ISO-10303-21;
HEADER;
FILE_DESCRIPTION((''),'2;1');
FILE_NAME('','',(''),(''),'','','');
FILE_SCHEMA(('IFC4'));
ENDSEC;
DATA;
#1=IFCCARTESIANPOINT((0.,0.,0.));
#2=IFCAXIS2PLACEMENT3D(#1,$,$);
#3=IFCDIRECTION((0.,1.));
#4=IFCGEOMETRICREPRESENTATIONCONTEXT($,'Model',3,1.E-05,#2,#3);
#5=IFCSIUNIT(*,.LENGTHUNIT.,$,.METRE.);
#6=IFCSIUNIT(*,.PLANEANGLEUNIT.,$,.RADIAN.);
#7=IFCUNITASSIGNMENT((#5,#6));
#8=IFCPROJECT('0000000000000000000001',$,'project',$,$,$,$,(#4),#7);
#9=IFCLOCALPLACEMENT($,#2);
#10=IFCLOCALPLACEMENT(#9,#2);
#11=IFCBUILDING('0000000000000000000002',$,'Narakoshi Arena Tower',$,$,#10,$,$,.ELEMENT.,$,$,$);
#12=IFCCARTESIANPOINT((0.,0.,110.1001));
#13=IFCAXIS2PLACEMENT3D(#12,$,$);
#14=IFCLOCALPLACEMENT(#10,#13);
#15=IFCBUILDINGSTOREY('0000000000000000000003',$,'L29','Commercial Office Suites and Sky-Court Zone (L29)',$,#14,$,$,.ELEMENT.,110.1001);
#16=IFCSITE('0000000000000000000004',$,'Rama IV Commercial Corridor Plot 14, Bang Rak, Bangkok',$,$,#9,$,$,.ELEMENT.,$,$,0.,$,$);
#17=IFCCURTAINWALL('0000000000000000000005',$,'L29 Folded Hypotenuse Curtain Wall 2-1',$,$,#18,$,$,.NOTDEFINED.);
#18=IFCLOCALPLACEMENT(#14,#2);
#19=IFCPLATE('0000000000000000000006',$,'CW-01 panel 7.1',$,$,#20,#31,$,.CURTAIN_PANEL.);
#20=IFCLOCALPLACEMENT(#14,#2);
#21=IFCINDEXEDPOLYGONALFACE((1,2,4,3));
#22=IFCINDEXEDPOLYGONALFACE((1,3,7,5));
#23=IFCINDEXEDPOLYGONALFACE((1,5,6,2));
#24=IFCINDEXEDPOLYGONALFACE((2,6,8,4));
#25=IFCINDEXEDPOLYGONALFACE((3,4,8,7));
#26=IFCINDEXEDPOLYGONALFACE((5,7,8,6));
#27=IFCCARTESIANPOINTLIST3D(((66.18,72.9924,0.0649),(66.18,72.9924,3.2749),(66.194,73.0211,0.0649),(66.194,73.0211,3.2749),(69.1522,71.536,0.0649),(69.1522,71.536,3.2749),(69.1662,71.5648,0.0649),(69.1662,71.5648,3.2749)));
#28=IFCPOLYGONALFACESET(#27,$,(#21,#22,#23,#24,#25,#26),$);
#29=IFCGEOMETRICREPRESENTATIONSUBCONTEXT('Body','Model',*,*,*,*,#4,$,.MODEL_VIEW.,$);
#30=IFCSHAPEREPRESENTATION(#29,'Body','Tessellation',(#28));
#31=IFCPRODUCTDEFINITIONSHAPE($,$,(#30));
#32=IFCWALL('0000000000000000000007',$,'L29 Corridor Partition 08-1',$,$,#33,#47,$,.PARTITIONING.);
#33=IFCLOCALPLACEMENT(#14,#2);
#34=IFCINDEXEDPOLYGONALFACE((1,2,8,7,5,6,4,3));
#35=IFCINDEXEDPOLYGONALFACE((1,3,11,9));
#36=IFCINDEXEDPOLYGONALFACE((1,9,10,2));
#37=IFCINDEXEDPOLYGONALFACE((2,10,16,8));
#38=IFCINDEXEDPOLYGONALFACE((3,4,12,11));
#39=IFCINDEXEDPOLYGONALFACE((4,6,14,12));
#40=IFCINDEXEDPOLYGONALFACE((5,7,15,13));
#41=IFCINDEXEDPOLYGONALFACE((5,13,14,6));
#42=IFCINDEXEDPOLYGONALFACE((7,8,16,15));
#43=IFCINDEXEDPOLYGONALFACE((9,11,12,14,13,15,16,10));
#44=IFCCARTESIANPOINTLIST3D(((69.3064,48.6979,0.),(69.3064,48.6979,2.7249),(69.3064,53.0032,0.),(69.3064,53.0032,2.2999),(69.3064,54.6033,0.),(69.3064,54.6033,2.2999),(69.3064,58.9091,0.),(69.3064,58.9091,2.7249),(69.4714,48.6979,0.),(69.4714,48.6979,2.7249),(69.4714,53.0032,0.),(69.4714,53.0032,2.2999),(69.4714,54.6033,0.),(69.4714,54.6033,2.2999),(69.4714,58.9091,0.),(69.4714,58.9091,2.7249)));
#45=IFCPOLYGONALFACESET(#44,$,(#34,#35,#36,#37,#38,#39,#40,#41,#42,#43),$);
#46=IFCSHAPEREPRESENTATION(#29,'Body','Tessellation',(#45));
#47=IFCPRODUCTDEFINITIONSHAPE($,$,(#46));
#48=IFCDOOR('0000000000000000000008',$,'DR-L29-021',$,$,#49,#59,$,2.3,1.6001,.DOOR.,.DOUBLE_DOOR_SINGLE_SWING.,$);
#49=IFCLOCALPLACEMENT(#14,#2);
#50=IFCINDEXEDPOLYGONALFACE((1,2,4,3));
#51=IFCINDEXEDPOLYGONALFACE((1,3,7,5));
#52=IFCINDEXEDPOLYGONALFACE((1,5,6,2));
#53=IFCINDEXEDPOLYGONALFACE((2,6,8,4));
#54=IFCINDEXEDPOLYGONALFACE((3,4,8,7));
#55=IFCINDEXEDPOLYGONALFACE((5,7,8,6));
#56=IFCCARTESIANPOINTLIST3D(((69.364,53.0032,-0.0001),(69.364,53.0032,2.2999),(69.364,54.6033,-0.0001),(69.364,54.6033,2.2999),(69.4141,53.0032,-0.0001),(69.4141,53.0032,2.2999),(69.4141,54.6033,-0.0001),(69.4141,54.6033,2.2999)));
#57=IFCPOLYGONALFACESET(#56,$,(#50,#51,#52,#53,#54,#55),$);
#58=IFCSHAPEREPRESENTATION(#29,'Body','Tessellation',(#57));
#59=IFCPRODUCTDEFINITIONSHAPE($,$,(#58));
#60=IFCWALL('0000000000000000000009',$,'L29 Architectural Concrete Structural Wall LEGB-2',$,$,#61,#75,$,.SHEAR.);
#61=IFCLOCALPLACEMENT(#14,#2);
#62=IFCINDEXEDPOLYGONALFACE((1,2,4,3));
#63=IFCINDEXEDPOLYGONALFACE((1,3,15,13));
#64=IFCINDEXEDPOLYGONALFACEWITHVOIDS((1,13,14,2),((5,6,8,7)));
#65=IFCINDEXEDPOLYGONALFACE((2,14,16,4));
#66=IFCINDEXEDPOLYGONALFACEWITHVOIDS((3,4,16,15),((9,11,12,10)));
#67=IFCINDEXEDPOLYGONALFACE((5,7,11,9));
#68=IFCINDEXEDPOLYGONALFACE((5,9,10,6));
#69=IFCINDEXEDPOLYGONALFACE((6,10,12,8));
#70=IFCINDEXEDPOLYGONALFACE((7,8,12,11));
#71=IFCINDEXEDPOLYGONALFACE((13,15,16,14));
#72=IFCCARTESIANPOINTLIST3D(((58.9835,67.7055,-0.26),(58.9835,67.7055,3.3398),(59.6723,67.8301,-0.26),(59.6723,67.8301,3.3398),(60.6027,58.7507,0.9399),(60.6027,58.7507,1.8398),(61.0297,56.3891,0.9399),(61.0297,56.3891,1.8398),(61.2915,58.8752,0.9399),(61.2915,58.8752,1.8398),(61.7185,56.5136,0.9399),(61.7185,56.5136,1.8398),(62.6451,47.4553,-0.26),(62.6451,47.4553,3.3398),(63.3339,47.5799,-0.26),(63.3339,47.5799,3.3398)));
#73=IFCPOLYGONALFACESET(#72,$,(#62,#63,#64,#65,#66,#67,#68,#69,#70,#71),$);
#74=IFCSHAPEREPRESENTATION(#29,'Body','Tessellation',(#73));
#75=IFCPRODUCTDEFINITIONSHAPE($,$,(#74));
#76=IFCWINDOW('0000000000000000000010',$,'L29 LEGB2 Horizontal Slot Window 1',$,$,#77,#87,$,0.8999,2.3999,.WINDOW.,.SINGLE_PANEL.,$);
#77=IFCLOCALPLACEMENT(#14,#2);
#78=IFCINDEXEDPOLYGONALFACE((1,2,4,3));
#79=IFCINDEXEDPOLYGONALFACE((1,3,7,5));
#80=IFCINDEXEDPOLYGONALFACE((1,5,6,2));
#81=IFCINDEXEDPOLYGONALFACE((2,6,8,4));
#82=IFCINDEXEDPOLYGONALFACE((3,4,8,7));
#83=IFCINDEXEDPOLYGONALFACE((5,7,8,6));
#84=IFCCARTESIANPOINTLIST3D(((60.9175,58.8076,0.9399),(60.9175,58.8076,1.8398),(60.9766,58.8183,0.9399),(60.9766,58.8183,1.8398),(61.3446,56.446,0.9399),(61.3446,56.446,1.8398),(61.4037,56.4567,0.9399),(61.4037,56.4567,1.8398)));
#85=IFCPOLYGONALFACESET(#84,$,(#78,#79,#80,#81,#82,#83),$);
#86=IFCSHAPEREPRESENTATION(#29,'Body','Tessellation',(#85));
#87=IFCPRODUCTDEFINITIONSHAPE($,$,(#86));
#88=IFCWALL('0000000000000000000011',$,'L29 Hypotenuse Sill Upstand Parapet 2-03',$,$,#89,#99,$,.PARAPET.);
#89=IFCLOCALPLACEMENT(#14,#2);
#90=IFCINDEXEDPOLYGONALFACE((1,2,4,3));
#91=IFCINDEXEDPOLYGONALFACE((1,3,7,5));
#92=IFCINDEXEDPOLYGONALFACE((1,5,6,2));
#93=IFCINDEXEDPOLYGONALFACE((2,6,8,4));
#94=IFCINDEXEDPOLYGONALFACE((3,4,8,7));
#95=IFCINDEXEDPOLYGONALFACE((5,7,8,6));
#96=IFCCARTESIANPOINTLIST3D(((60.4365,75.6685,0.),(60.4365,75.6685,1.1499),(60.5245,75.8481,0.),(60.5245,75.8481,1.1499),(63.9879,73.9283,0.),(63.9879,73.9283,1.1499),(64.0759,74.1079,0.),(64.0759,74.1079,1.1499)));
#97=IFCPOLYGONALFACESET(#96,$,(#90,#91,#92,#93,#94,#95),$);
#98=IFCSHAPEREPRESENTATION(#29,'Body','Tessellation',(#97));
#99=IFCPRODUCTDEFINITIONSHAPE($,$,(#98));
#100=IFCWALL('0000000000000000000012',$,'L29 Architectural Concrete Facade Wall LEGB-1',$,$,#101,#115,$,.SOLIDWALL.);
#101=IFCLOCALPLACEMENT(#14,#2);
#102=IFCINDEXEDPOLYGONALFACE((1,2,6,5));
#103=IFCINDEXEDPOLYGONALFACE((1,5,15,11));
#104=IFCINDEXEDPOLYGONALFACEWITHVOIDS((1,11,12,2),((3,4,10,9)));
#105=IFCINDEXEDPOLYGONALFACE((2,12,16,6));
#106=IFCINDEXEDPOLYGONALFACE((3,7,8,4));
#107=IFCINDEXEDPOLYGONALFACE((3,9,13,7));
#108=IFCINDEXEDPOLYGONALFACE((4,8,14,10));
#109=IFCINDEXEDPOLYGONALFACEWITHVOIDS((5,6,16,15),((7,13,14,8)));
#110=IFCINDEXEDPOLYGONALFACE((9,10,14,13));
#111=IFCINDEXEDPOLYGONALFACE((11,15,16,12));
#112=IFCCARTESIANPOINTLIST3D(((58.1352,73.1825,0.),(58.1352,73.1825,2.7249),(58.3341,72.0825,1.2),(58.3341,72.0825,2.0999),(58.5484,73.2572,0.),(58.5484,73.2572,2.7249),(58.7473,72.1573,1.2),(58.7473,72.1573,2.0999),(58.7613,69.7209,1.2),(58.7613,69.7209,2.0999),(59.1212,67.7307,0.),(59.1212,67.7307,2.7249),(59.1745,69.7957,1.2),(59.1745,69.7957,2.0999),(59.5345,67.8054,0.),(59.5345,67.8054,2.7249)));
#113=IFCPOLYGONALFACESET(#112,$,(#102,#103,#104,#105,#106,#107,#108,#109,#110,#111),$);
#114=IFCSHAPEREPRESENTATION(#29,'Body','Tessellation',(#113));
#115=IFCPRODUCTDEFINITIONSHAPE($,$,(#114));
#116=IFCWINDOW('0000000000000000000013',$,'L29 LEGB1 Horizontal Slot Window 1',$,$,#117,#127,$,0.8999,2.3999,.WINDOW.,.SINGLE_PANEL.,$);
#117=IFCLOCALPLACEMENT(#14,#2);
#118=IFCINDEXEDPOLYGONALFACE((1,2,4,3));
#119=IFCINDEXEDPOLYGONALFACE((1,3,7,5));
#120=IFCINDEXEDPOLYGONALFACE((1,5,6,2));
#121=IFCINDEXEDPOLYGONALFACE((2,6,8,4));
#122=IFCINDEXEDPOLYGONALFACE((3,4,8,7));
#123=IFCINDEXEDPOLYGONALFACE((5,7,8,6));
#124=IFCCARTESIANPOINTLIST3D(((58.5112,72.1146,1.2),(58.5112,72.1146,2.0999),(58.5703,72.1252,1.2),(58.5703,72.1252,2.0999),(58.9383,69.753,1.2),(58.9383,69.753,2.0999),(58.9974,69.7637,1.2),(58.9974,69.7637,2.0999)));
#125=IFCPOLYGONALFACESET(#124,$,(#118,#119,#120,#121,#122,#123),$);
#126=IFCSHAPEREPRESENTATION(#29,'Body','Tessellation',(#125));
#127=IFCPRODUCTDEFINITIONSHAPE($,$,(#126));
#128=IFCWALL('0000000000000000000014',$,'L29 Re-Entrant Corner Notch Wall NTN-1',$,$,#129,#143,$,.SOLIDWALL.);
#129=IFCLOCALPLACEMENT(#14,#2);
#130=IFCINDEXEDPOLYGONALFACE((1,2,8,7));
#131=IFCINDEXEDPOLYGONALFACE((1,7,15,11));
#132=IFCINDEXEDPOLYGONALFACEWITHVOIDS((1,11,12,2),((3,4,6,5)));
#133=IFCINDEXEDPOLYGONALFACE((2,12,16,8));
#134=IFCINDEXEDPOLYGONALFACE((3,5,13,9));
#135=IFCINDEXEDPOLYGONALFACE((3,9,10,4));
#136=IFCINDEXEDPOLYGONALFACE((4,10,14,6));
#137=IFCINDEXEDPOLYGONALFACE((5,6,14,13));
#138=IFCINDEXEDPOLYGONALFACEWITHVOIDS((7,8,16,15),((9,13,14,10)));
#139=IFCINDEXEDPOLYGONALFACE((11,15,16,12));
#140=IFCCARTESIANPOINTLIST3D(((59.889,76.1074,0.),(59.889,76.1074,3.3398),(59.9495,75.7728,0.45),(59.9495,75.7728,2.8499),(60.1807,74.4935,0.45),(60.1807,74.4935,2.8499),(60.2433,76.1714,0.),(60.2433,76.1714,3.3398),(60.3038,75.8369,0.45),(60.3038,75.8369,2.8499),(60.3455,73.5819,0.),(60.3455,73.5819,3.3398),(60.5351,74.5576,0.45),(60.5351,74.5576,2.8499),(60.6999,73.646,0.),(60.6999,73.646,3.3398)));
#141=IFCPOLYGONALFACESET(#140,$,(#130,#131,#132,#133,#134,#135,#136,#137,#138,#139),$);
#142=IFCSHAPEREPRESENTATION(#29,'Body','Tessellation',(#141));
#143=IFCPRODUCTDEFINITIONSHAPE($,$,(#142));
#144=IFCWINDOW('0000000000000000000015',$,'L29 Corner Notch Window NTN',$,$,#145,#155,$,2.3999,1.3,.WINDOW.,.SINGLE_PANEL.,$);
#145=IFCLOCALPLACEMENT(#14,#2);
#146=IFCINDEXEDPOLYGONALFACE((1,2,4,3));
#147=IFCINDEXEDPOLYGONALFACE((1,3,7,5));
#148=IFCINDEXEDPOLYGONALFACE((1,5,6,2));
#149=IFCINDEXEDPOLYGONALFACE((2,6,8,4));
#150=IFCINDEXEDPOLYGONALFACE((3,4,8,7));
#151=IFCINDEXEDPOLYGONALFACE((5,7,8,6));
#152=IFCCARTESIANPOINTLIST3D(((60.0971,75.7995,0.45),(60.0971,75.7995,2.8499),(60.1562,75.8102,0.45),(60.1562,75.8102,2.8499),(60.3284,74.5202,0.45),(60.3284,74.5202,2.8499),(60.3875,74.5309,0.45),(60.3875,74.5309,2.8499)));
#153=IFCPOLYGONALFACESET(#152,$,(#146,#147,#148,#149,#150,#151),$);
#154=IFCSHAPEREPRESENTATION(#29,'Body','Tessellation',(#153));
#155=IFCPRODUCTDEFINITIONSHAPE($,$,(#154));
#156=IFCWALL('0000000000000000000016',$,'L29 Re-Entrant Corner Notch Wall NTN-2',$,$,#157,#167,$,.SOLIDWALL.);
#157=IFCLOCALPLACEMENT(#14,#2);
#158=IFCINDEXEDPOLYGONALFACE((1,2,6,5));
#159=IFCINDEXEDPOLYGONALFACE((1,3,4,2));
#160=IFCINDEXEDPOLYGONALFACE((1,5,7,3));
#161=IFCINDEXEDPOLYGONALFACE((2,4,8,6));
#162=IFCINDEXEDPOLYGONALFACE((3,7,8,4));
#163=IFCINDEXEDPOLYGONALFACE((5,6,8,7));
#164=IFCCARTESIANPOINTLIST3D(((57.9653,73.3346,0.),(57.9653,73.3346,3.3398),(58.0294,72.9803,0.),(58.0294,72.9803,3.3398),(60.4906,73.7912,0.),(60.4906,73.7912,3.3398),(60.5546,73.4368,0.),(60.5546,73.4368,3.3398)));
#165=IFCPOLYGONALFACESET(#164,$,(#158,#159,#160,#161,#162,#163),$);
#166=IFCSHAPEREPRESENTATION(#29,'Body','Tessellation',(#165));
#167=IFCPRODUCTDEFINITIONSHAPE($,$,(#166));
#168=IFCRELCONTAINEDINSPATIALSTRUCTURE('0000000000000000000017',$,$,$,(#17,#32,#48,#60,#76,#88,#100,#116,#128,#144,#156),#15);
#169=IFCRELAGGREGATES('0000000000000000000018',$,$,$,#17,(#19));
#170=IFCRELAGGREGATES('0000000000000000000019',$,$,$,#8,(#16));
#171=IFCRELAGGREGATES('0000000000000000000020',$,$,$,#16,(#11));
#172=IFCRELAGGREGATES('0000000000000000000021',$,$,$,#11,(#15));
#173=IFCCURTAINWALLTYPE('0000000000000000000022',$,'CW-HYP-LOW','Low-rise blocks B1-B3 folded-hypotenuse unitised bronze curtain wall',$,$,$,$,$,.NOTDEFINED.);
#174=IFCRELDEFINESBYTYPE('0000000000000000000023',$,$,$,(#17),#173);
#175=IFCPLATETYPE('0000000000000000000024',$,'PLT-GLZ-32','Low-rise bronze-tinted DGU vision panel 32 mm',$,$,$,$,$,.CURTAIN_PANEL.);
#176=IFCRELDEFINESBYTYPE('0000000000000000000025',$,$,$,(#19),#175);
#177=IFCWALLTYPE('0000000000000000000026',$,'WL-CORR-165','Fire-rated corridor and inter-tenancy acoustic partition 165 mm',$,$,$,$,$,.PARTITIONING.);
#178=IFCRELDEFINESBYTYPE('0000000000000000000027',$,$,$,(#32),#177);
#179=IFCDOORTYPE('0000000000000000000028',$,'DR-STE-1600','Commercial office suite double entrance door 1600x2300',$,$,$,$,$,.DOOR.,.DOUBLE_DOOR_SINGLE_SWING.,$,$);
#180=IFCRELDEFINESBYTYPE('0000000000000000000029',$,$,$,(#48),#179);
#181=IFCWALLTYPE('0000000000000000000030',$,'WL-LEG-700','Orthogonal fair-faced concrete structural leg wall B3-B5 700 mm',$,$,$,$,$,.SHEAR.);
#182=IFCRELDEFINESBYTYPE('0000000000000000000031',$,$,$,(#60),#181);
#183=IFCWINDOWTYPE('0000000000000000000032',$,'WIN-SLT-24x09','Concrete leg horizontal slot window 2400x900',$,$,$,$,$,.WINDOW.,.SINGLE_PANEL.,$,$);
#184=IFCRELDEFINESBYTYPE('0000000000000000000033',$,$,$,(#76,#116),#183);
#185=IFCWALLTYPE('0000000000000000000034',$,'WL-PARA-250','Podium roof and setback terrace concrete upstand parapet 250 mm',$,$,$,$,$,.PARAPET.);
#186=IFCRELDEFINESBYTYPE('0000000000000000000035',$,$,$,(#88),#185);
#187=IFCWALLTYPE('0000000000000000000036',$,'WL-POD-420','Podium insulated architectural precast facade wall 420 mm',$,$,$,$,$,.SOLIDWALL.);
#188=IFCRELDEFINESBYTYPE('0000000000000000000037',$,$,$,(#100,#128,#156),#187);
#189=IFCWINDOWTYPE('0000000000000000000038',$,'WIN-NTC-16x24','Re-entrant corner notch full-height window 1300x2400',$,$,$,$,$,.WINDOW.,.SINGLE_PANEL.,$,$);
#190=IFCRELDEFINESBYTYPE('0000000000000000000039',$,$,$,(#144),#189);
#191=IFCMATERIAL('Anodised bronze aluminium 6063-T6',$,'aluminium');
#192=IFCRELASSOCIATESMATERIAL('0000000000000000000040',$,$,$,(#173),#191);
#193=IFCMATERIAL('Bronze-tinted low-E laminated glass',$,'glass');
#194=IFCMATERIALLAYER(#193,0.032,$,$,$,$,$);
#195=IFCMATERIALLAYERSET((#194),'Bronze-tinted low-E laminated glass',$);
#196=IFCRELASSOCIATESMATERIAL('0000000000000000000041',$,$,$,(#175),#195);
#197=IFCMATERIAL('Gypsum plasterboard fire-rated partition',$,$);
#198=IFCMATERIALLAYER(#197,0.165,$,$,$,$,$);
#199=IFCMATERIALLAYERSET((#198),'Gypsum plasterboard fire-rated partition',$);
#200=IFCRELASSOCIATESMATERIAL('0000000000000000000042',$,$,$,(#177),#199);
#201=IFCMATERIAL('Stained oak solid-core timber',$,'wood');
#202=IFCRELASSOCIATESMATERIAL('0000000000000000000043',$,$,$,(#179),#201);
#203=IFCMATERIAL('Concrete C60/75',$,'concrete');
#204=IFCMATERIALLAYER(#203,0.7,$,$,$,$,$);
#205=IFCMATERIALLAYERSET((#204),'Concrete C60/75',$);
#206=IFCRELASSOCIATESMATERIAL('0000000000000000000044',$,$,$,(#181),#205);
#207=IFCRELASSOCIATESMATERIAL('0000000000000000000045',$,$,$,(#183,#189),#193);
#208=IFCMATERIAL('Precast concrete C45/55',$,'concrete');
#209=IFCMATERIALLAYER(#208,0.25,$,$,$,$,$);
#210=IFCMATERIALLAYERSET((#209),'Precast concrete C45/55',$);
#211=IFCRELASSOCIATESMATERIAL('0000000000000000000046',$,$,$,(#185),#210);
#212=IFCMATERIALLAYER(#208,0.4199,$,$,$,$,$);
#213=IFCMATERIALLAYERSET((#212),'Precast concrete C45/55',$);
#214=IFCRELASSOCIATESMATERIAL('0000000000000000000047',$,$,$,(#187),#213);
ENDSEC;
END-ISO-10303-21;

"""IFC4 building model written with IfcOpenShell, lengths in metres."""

from ifc_helpers import new_model, si_unit, direction, frame, frame_2d, origin, origin_2d, place, context, subcontext, project, spatial, rectangle, extrude, material, layer, layer_set, type_object, element, fill, aggregate, save


model = new_model("IFC4")

# Units and contexts
model_context = context("Model", 3, precision=1e-05, world=origin(), true_north=direction((0.0, 1.0)))
body_context = subcontext(model_context, "Body", "Model", "MODEL_VIEW")
ifc_project = project(units=[si_unit("LENGTHUNIT", "METRE"), si_unit("PLANEANGLEUNIT", "RADIAN")], contexts=[model_context])

# Site, building, storey
site_placement = place(None, origin())
site = spatial("IfcSite", under=ifc_project, at=site_placement, Name="Rama IV Commercial Corridor Plot 14, Bang Rak, Bangkok", CompositionType="ELEMENT", RefElevation=0.0)
building_placement = place(site_placement, origin())
building = spatial("IfcBuilding", under=site, at=building_placement, Name="Narakoshi Arena Tower", CompositionType="ELEMENT")
storey_placement = place(building_placement, frame((0.0, 0.0, 110.1001)))
storey = spatial("IfcBuildingStorey", under=building, at=storey_placement, Name="L29", Description="Commercial Office Suites and Sky-Court Zone (L29)", CompositionType="ELEMENT", Elevation=110.1001)

# Shared definitions
ifc_material_1 = material(Name="Concrete C60/75", Category="concrete")

# Curtain wall, plate
ifc_material_2 = material(Name="Anodised bronze aluminium 6063-T6", Category="aluminium")
curtain_wall_type = type_object("IfcCurtainWallType", Name="CW-HYP-LOW", Description="Low-rise blocks B1-B3 folded-hypotenuse unitised bronze curtain wall", PredefinedType="NOTDEFINED", material=ifc_material_2)
curtain_wall_placement = place(storey_placement, origin())
curtain_wall = element("IfcCurtainWall", 1, at=curtain_wall_placement, inside=storey, type_object=curtain_wall_type, Name="L29 Folded Hypotenuse Curtain Wall 2-1", PredefinedType="NOTDEFINED")
ifc_material_3 = material(Name="Bronze-tinted low-E laminated glass", Category="glass")
ifc_layer_1 = layer(ifc_material_3, 0.032)
ifc_layer_set_1 = layer_set([ifc_layer_1], Name="Bronze-tinted low-E laminated glass")
plate_type = type_object("IfcPlateType", Name="PLT-GLZ-32", Description="Low-rise bronze-tinted DGU vision panel 32 mm", PredefinedType="CURTAIN_PANEL", material=ifc_layer_set_1)
plate_1_placement = place(storey_placement, frame((67.6731, 72.2786, 0.0649), z_axis=(0.0, 0.0, 1.0), x_axis=(-0.897996, 0.440005, 0.0)))
plate_1 = element("IfcPlate", 2, at=plate_1_placement, type_object=plate_type, Name="CW-01 panel 7.1", PredefinedType="CURTAIN_PANEL", context=body_context, shape_type="SweptSolid", body=[
    extrude(rectangle(XDim=3.3098, YDim=0.032, at=origin_2d()), origin(), (0.0, 0.0, 1.0), 3.21),
])
aggregate(curtain_wall, [plate_1])

# Wall, opening, door
ifc_material_4 = material(Name="Gypsum plasterboard fire-rated partition")
ifc_layer_2 = layer(ifc_material_4, 0.165)
ifc_layer_set_2 = layer_set([ifc_layer_2], Name="Gypsum plasterboard fire-rated partition")
wall_type_1 = type_object("IfcWallType", Name="WL-CORR-165", Description="Fire-rated corridor and inter-tenancy acoustic partition 165 mm", PredefinedType="PARTITIONING", material=ifc_layer_set_2)
wall_1_placement = place(storey_placement, frame((69.3889, 58.9089, 0.0), z_axis=(0.0, 0.0, 1.0), x_axis=(0.0, -1.0, 0.0)))
wall_1 = element("IfcWall", 3, at=wall_1_placement, inside=storey, type_object=wall_type_1, Name="L29 Corridor Partition 08-1", PredefinedType="PARTITIONING", context=body_context, shape_type="SweptSolid", body=[
    extrude(rectangle(XDim=10.2112, YDim=0.165, at=frame_2d((5.1055, 0.0))), origin(), (0.0, 0.0, 1.0), 2.7249),
])
opening_1_placement = place(wall_1_placement, frame((4.3057, 0.0, 0.0)))
opening_1 = element("IfcOpeningElement", 4, at=opening_1_placement, cuts=wall_1, PredefinedType="OPENING", context=body_context, shape_type="SweptSolid", body=[
    extrude(rectangle(XDim=1.6001, YDim=2.3, at=frame_2d((0.8, 1.1499))), frame((0.0, 0.0925, 0.0), z_axis=(0.0, -1.0, 0.0), x_axis=(1.0, 0.0, 0.0)), (0.0, 0.0, 1.0), 0.1851),
])
ifc_material_5 = material(Name="Stained oak solid-core timber", Category="wood")
door_type = type_object("IfcDoorType", Name="DR-STE-1600", Description="Commercial office suite double entrance door 1600x2300", OperationType="DOUBLE_DOOR_SINGLE_SWING", PredefinedType="DOOR", material=ifc_material_5)
door_placement = place(opening_1_placement, frame((1.6001, 0.0, 0.0), z_axis=(0.0, 0.0, 1.0), x_axis=(-1.0, 0.0, 0.0)))
door = element("IfcDoor", 5, at=door_placement, inside=storey, type_object=door_type, Name="DR-L29-021", OperationType="DOUBLE_DOOR_SINGLE_SWING", OverallHeight=2.3, OverallWidth=1.6001, PredefinedType="DOOR", context=body_context, shape_type="SweptSolid", body=[
    extrude(rectangle(XDim=1.6001, YDim=2.3, at=frame_2d((0.8, 1.1499))), frame((0.0, 0.0249, 0.0), z_axis=(0.0, -1.0, 0.0), x_axis=(1.0, 0.0, 0.0)), (0.0, 0.0, 1.0), 0.05),
])
fill(opening_1, door)

# Wall, opening, window
ifc_layer_3 = layer(ifc_material_1, 0.7)
ifc_layer_set_3 = layer_set([ifc_layer_3], Name="Concrete C60/75")
wall_type_2 = type_object("IfcWallType", Name="WL-LEG-700", Description="Orthogonal fair-faced concrete structural leg wall B3-B5 700 mm", PredefinedType="SHEAR", material=ifc_layer_set_3)
wall_2_placement = place(storey_placement, frame((59.3279, 67.7678, -0.26), z_axis=(0.0, 0.0, 1.0), x_axis=(0.177933, -0.984043, 0.0)))
wall_2 = element("IfcWall", 6, at=wall_2_placement, inside=storey, type_object=wall_type_2, Name="L29 Architectural Concrete Structural Wall LEGB-2", PredefinedType="SHEAR", context=body_context, shape_type="SweptSolid", body=[
    extrude(rectangle(XDim=20.5786, YDim=0.7, at=frame_2d((10.2893, 0.0))), origin(), (0.0, 0.0, 1.0), 3.5999),
])
opening_2_placement = place(wall_2_placement, frame((9.1001, 0.0, 1.2)))
opening_2 = element("IfcOpeningElement", 7, at=opening_2_placement, cuts=wall_2, PredefinedType="OPENING", context=body_context, shape_type="SweptSolid", body=[
    extrude(rectangle(XDim=2.3999, YDim=0.8999, at=frame_2d((1.2, 0.45))), frame((0.0, 0.3599, 0.0), z_axis=(0.0, -1.0, 0.0), x_axis=(1.0, 0.0, 0.0)), (0.0, 0.0, 1.0), 0.72),
])
window_type_1 = type_object("IfcWindowType", Name="WIN-SLT-24x09", Description="Concrete leg horizontal slot window 2400x900", PartitioningType="SINGLE_PANEL", PredefinedType="WINDOW", material=ifc_material_3)
window_1_placement = place(opening_2_placement, origin())
window_1 = element("IfcWindow", 8, at=window_1_placement, inside=storey, type_object=window_type_1, Name="L29 LEGB2 Horizontal Slot Window 1", OverallHeight=0.8999, OverallWidth=2.3999, PartitioningType="SINGLE_PANEL", PredefinedType="WINDOW", context=body_context, shape_type="SweptSolid", body=[
    extrude(rectangle(XDim=2.3999, YDim=0.8999, at=frame_2d((1.2, 0.45))), frame((0.0, 0.03, 0.0), z_axis=(0.0, -1.0, 0.0), x_axis=(1.0, 0.0, 0.0)), (0.0, 0.0, 1.0), 0.0601),
])
fill(opening_2, window_1)

# Wall
ifc_material_6 = material(Name="Precast concrete C45/55", Category="concrete")
ifc_layer_4 = layer(ifc_material_6, 0.25)
ifc_layer_set_4 = layer_set([ifc_layer_4], Name="Precast concrete C45/55")
wall_type_3 = type_object("IfcWallType", Name="WL-PARA-250", Description="Podium roof and setback terrace concrete upstand parapet 250 mm", PredefinedType="PARAPET", material=ifc_layer_set_4)
wall_3_placement = place(storey_placement, frame((64.032, 74.0181, 0.0), z_axis=(0.0, 0.0, 1.0), x_axis=(-0.897991, 0.440014, 0.0)))
element("IfcWall", 9, at=wall_3_placement, inside=storey, type_object=wall_type_3, Name="L29 Hypotenuse Sill Upstand Parapet 2-03", PredefinedType="PARAPET", context=body_context, shape_type="SweptSolid", body=[
    extrude(rectangle(XDim=3.9548, YDim=0.2, at=frame_2d((1.9775, 0.0))), origin(), (0.0, 0.0, 1.0), 1.1499),
])

# Walls, openings, windows
ifc_layer_5 = layer(ifc_material_6, 0.4199)
ifc_layer_set_5 = layer_set([ifc_layer_5], Name="Precast concrete C45/55")
wall_type_4 = type_object("IfcWallType", Name="WL-POD-420", Description="Podium insulated architectural precast facade wall 420 mm", PredefinedType="SOLIDWALL", material=ifc_layer_set_5)
wall_4_placement = place(storey_placement, frame((58.3418, 73.2197, 0.0), z_axis=(0.0, 0.0, 1.0), x_axis=(0.177982, -0.984034, 0.0)))
wall_4 = element("IfcWall", 10, at=wall_4_placement, inside=storey, type_object=wall_type_4, Name="L29 Architectural Concrete Facade Wall LEGB-1", PredefinedType="SOLIDWALL", context=body_context, shape_type="SweptSolid", body=[
    extrude(rectangle(XDim=5.5403, YDim=0.4199, at=frame_2d((2.77, 0.0))), origin(), (0.0, 0.0, 1.0), 2.7249),
])
opening_3_placement = place(wall_4_placement, frame((1.1177, 0.0, 1.2)))
opening_3 = element("IfcOpeningElement", 11, at=opening_3_placement, cuts=wall_4, PredefinedType="OPENING", context=body_context, shape_type="SweptSolid", body=[
    extrude(rectangle(XDim=2.3999, YDim=0.8999, at=frame_2d((1.2, 0.45))), frame((0.0, 0.22, 0.0), z_axis=(0.0, -1.0, 0.0), x_axis=(1.0, 0.0, 0.0)), (0.0, 0.0, 1.0), 0.4399),
])
window_2_placement = place(opening_3_placement, origin())
window_2 = element("IfcWindow", 12, at=window_2_placement, inside=storey, type_object=window_type_1, Name="L29 LEGB1 Horizontal Slot Window 1", OverallHeight=0.8999, OverallWidth=2.3999, PartitioningType="SINGLE_PANEL", PredefinedType="WINDOW", context=body_context, shape_type="SweptSolid", body=[
    extrude(rectangle(XDim=2.3999, YDim=0.8999, at=frame_2d((1.2, 0.45))), frame((0.0, 0.03, 0.0), z_axis=(0.0, -1.0, 0.0), x_axis=(1.0, 0.0, 0.0)), (0.0, 0.0, 1.0), 0.0601),
])
fill(opening_3, window_2)
wall_5_placement = place(storey_placement, frame((60.0662, 76.1394, 0.0), z_axis=(0.0, 0.0, 1.0), x_axis=(0.177897, -0.984049, 0.0)))
wall_5 = element("IfcWall", 13, at=wall_5_placement, inside=storey, type_object=wall_type_4, Name="L29 Re-Entrant Corner Notch Wall NTN-1", PredefinedType="SOLIDWALL", context=body_context, shape_type="SweptSolid", body=[
    extrude(rectangle(XDim=2.5664, YDim=0.3601, at=frame_2d((1.2832, 0.0))), origin(), (0.0, 0.0, 1.0), 3.3398),
])
opening_4_placement = place(wall_5_placement, frame((0.3401, 0.0, 0.45)))
opening_4 = element("IfcOpeningElement", 14, at=opening_4_placement, cuts=wall_5, PredefinedType="OPENING", context=body_context, shape_type="SweptSolid", body=[
    extrude(rectangle(XDim=1.3, YDim=2.3999, at=frame_2d((0.6499, 1.2))), frame((0.0, 0.1899, 0.0), z_axis=(0.0, -1.0, 0.0), x_axis=(1.0, 0.0, 0.0)), (0.0, 0.0, 1.0), 0.3801),
])
window_type_2 = type_object("IfcWindowType", Name="WIN-NTC-16x24", Description="Re-entrant corner notch full-height window 1300x2400", PartitioningType="SINGLE_PANEL", PredefinedType="WINDOW", material=ifc_material_3)
window_3_placement = place(opening_4_placement, origin())
window_3 = element("IfcWindow", 15, at=window_3_placement, inside=storey, type_object=window_type_2, Name="L29 Corner Notch Window NTN", OverallHeight=2.3999, OverallWidth=1.3, PartitioningType="SINGLE_PANEL", PredefinedType="WINDOW", context=body_context, shape_type="SweptSolid", body=[
    extrude(rectangle(XDim=1.3, YDim=2.3999, at=frame_2d((0.6499, 1.2))), frame((0.0, 0.03, 0.0), z_axis=(0.0, -1.0, 0.0), x_axis=(1.0, 0.0, 0.0)), (0.0, 0.0, 1.0), 0.0601),
])
fill(opening_4, window_3)

# Wall
wall_6_placement = place(storey_placement, frame((60.5227, 73.614, 0.0), z_axis=(0.0, 0.0, 1.0), x_axis=(-0.984046, -0.177914, 0.0)))
element("IfcWall", 16, at=wall_6_placement, inside=storey, type_object=wall_type_4, Name="L29 Re-Entrant Corner Notch Wall NTN-2", PredefinedType="SOLIDWALL", context=body_context, shape_type="SweptSolid", body=[
    extrude(rectangle(XDim=2.5662, YDim=0.3601, at=frame_2d((1.2832, 0.0))), origin(), (0.0, 0.0, 1.0), 3.3398),
])

save(model, "model.ifc")
